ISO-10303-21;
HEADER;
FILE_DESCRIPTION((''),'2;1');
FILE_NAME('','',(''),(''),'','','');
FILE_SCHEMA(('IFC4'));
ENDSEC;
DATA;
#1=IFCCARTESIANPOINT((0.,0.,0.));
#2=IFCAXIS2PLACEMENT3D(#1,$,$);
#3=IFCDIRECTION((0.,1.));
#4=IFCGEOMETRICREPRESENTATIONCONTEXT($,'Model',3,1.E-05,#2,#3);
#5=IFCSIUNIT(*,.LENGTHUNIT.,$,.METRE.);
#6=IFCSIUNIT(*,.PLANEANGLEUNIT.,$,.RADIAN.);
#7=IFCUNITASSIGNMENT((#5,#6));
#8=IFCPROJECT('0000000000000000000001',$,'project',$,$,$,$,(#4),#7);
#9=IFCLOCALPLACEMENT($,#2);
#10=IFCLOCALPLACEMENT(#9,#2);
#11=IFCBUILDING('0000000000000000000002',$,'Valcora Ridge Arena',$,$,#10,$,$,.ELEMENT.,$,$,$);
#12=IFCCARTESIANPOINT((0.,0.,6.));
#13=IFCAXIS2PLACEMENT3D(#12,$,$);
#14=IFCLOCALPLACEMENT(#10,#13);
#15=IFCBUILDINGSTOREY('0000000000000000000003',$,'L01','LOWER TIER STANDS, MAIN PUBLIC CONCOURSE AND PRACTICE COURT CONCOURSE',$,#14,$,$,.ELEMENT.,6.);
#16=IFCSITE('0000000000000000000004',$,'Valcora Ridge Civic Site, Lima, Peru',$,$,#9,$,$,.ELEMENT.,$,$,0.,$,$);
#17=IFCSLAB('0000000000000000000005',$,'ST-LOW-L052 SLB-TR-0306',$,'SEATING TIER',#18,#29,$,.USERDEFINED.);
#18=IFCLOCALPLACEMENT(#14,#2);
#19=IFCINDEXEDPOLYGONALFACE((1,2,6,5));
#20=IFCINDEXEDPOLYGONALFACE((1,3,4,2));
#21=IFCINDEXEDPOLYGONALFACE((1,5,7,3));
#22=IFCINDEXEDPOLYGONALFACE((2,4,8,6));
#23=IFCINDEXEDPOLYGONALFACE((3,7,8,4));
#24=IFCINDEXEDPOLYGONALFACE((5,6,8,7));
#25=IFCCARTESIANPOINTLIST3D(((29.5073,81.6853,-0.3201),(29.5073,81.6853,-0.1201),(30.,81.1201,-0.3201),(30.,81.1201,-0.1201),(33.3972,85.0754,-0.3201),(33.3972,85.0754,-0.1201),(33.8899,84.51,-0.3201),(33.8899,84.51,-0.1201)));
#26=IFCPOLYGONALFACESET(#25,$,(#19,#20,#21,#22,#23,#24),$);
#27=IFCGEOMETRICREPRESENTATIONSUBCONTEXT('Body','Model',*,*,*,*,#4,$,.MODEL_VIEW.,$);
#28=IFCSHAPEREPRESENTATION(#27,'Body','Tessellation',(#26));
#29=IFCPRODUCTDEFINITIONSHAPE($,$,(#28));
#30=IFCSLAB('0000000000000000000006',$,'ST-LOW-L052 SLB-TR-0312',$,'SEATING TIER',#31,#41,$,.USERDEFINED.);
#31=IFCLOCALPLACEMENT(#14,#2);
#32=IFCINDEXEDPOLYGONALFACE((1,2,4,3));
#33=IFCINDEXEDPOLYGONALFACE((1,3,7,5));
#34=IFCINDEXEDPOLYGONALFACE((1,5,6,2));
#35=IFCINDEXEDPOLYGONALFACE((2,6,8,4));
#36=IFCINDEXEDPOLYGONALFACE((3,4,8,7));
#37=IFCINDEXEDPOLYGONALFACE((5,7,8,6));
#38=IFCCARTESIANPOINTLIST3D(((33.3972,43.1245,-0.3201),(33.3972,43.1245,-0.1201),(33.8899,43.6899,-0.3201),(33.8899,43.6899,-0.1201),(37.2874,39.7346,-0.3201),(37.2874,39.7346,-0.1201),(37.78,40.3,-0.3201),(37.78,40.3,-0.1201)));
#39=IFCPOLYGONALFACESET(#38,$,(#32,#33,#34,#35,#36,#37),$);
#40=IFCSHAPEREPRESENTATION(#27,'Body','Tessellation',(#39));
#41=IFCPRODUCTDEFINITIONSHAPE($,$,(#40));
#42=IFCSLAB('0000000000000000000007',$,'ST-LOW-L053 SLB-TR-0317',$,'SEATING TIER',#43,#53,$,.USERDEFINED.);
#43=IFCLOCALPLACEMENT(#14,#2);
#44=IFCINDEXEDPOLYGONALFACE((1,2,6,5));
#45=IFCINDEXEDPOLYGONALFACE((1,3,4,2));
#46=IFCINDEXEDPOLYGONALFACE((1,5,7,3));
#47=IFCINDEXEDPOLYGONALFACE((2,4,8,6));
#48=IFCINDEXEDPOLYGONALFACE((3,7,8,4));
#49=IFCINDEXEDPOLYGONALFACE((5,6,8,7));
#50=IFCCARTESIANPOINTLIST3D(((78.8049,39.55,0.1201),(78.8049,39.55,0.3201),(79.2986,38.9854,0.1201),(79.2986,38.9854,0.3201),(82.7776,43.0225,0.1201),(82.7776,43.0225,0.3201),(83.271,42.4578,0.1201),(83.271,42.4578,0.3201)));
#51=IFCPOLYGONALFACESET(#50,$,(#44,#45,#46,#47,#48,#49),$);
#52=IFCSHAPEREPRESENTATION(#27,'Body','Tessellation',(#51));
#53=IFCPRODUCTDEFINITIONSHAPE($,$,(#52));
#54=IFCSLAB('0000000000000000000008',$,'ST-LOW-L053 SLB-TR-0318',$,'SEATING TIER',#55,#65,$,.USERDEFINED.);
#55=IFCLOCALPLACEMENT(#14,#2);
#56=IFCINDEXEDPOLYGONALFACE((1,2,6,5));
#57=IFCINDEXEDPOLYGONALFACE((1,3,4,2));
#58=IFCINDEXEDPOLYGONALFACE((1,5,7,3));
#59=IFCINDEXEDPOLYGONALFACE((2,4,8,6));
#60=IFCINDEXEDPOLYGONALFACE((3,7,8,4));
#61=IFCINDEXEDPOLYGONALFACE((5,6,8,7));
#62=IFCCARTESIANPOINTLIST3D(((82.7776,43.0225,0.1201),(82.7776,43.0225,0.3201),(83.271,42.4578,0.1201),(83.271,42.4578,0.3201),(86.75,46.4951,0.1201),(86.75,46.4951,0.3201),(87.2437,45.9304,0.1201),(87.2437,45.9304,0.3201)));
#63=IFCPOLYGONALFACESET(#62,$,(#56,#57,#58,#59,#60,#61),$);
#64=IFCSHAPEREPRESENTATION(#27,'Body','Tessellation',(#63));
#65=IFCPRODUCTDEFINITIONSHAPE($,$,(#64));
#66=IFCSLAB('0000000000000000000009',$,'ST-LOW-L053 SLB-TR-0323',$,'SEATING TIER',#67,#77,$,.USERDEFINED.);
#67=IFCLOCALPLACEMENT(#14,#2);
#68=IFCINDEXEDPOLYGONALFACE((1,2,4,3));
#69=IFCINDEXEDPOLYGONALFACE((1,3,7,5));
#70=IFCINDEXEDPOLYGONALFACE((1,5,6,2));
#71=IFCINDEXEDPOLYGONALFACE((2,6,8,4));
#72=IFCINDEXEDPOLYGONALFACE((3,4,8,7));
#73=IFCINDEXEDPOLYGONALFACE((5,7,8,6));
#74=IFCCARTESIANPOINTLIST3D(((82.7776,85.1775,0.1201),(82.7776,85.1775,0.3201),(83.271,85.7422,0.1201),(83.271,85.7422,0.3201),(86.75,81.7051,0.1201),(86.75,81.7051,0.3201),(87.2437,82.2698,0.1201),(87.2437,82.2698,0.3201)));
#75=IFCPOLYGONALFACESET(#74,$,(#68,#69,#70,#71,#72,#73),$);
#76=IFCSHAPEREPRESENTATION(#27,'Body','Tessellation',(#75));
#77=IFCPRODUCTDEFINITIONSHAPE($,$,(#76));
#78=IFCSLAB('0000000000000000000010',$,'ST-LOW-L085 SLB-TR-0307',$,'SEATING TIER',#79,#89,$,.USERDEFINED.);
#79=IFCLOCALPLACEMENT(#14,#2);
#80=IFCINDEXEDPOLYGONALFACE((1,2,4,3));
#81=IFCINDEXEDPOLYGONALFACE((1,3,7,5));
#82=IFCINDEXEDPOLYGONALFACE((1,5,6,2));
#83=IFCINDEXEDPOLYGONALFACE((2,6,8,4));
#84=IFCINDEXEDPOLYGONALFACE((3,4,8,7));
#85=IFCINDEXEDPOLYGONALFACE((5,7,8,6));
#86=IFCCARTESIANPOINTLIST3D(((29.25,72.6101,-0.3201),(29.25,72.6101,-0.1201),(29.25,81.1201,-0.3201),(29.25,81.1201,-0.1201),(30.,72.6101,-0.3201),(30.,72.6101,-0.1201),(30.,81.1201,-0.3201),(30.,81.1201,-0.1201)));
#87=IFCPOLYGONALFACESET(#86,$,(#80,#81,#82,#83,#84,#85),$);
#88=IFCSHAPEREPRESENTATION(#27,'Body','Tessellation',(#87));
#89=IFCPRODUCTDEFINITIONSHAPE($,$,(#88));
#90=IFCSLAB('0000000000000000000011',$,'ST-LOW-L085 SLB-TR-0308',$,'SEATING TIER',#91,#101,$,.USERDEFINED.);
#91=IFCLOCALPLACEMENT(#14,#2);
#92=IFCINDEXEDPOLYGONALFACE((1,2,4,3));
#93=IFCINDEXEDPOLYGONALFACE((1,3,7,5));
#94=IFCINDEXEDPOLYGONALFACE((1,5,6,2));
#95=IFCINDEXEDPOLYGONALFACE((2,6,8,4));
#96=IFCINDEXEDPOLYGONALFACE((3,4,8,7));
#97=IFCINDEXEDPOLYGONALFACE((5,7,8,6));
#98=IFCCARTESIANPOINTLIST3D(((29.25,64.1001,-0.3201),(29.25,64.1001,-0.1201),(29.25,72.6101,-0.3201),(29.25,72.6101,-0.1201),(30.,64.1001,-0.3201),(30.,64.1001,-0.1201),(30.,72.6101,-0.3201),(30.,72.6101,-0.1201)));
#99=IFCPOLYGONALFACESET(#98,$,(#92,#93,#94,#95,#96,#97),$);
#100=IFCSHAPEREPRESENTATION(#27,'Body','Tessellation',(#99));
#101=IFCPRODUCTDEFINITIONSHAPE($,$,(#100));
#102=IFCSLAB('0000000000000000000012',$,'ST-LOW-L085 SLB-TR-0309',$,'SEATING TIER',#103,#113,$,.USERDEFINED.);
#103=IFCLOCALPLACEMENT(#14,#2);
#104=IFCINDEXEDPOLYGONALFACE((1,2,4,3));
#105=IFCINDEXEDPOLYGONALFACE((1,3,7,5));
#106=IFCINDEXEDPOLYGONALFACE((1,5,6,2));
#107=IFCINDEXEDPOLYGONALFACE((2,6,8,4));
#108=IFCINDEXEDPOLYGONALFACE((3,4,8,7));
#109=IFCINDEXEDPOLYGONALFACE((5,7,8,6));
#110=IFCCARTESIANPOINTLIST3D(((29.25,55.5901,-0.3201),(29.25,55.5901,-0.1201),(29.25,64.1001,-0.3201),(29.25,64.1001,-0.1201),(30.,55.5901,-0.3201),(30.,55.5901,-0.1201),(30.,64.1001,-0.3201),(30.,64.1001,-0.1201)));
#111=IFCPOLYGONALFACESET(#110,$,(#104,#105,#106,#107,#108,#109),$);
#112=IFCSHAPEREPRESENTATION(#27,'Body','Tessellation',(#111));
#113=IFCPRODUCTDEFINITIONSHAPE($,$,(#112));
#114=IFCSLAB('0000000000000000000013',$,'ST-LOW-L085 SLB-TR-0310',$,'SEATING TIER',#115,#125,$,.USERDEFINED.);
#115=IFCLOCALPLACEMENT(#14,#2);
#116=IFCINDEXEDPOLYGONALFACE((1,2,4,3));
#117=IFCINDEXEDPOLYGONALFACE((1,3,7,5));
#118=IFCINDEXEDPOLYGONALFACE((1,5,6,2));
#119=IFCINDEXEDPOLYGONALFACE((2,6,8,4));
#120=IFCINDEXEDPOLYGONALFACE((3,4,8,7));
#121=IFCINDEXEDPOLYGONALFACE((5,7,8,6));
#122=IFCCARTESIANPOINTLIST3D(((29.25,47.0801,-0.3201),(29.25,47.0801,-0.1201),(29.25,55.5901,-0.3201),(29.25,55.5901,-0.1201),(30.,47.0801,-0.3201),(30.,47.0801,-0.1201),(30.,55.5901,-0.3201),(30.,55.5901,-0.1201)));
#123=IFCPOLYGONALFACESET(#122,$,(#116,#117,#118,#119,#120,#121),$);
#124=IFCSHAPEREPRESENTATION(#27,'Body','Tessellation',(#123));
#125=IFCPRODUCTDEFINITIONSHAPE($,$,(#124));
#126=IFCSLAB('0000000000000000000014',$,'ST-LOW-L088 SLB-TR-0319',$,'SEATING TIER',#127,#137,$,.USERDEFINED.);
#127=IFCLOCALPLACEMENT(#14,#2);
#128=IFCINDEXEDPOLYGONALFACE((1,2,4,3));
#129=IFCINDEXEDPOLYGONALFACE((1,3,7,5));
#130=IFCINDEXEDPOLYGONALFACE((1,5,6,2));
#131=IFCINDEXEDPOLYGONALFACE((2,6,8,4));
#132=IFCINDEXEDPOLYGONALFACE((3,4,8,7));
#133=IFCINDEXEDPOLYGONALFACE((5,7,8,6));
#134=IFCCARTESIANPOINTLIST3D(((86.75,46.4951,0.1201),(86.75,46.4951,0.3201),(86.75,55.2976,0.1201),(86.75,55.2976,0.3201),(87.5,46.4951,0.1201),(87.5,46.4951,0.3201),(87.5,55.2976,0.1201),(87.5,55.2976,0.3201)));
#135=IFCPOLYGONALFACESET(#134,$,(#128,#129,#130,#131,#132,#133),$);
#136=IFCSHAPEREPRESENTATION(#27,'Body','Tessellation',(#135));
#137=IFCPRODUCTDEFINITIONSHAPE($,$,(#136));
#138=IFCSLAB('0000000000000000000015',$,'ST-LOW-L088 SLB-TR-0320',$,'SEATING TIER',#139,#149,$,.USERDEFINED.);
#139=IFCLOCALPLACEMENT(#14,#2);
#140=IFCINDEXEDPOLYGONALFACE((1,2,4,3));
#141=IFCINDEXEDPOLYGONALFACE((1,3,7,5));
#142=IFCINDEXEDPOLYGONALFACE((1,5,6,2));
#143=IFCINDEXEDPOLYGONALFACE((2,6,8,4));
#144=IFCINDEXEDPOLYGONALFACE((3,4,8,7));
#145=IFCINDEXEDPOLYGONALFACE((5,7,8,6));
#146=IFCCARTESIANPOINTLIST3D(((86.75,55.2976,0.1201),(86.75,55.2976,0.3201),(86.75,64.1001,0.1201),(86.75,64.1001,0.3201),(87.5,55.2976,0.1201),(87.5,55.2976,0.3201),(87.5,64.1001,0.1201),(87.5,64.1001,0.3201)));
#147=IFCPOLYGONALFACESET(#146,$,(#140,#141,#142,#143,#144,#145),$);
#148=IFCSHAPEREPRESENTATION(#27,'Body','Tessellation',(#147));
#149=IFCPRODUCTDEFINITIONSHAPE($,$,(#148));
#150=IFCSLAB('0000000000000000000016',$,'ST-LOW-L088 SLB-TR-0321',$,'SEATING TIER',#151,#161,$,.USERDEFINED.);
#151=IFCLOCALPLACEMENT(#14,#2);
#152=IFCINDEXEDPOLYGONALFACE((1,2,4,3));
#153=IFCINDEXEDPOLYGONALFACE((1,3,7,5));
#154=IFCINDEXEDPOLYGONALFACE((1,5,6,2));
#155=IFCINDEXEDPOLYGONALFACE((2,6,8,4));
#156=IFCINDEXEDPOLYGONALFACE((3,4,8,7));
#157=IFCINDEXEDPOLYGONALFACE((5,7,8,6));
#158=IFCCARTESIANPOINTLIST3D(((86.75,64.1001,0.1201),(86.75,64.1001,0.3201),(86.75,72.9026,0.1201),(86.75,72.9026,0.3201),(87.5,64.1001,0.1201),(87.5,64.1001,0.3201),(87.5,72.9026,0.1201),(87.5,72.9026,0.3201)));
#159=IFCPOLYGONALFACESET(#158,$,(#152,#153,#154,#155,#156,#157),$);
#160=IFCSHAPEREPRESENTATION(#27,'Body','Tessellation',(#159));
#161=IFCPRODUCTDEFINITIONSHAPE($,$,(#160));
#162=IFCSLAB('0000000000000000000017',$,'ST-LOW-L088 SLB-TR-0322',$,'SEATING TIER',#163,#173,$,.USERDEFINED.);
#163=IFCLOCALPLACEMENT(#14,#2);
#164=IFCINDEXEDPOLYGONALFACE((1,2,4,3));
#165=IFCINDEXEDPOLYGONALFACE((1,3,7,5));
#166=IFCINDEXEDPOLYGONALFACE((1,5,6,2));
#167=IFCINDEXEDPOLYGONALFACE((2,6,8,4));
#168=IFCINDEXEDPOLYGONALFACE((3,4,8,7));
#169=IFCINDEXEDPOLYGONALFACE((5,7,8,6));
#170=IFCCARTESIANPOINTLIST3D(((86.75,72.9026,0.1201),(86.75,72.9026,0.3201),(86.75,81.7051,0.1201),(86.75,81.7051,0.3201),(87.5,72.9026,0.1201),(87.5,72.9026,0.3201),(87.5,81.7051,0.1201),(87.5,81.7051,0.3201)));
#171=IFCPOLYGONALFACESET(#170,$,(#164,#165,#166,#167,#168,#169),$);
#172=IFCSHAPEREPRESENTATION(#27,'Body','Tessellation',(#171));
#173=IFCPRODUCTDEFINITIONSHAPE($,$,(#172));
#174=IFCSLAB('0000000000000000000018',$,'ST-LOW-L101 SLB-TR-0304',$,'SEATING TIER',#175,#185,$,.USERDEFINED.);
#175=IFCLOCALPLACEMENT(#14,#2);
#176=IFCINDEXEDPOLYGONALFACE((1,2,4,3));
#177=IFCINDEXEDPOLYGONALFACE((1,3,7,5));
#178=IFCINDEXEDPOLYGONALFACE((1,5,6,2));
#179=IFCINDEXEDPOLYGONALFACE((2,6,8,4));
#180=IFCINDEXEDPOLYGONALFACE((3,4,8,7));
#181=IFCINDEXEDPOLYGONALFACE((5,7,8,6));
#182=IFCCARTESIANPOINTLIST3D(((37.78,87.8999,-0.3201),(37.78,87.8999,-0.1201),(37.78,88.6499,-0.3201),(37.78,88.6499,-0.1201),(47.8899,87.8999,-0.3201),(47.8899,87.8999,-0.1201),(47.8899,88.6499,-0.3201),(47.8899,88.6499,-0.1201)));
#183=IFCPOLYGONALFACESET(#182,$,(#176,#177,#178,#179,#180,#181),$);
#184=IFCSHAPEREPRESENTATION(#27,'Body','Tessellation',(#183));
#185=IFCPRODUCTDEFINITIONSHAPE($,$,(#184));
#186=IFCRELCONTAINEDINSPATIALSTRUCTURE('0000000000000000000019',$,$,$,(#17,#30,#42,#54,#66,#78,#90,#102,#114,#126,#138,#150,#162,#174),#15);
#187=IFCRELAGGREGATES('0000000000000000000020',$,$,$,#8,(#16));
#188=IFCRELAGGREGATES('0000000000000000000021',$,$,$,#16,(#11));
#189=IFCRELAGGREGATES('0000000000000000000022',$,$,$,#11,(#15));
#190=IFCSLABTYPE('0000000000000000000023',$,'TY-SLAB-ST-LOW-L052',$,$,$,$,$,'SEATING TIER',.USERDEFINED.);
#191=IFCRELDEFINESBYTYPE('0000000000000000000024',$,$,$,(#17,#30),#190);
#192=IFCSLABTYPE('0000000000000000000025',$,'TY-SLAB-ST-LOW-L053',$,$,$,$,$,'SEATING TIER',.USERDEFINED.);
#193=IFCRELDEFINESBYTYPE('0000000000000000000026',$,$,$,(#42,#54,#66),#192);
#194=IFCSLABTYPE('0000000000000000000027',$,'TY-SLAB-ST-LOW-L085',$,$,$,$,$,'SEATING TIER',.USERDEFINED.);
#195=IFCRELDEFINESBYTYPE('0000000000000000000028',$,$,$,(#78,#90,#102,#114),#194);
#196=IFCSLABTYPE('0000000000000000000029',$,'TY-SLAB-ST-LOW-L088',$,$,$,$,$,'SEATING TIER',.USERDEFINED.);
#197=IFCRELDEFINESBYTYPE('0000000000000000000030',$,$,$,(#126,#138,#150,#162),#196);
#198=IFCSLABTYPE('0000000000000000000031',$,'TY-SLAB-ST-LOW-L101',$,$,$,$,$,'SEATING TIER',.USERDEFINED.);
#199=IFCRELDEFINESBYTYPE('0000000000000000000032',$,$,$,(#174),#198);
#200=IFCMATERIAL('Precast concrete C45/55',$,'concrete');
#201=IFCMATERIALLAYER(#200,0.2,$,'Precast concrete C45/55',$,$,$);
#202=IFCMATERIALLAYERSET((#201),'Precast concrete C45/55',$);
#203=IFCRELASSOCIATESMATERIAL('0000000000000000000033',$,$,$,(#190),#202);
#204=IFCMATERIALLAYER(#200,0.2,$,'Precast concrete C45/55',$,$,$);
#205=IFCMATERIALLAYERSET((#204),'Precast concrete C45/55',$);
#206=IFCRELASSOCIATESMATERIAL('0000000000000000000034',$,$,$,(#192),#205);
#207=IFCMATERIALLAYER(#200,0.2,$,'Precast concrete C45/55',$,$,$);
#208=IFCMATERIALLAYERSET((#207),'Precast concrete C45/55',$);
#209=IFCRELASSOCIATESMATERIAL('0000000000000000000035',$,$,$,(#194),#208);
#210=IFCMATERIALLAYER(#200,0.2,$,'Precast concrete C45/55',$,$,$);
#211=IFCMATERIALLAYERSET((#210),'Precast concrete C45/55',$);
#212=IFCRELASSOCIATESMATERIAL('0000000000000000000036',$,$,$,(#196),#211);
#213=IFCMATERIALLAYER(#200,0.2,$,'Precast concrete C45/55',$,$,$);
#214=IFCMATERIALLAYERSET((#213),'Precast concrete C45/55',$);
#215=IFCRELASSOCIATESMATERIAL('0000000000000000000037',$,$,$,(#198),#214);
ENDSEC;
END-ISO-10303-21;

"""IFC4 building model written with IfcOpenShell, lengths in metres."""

from ifc_helpers import new_model, si_unit, direction, frame, origin, place, context, subcontext, project, spatial, polyline, outline, extrude, material, layer, layer_set, type_object, element, save


model = new_model("IFC4")

# Units and contexts
model_context = context("Model", 3, precision=1e-05, world=origin(), true_north=direction((0.0, 1.0)))
body_context = subcontext(model_context, "Body", "Model", "MODEL_VIEW")
ifc_project = project(units=[si_unit("LENGTHUNIT", "METRE"), si_unit("PLANEANGLEUNIT", "RADIAN")], contexts=[model_context])

# Site, building, storey
site_placement = place(None, origin())
site = spatial("IfcSite", under=ifc_project, at=site_placement, Name="Valcora Ridge Civic Site, Lima, Peru", CompositionType="ELEMENT", RefElevation=0.0)
building_placement = place(site_placement, origin())
building = spatial("IfcBuilding", under=site, at=building_placement, Name="Valcora Ridge Arena", CompositionType="ELEMENT")
storey_placement = place(building_placement, frame((0.0, 0.0, 6.0)))
storey = spatial("IfcBuildingStorey", under=building, at=storey_placement, Name="L01", Description="LOWER TIER STANDS, MAIN PUBLIC CONCOURSE AND PRACTICE COURT CONCOURSE", CompositionType="ELEMENT", Elevation=6.0)

# Slabs
ifc_material = material(Name="Precast concrete C45/55", Category="concrete")
ifc_layer_1 = layer(ifc_material, 0.2, Name="Precast concrete C45/55")
ifc_layer_set_1 = layer_set([ifc_layer_1], Name="Precast concrete C45/55")
slab_type_1 = type_object("IfcSlabType", Name="TY-SLAB-ST-LOW-L052", ElementType="SEATING TIER", PredefinedType="USERDEFINED", material=ifc_layer_set_1)
slab_1_placement = place(storey_placement, frame((0.0, 0.0, -0.3201)))
element("IfcSlab", 1, at=slab_1_placement, inside=storey, type_object=slab_type_1, Name="ST-LOW-L052 SLB-TR-0306", ObjectType="SEATING TIER", PredefinedType="USERDEFINED", context=body_context, shape_type="SweptSolid", body=[
    extrude(outline(polyline([(33.8899, 84.51), (30.0, 81.1201), (29.5073, 81.6853), (33.3972, 85.0754), (33.8899, 84.51)])), origin(), (0.0, 0.0, 1.0), 0.2),
])
slab_2_placement = place(storey_placement, frame((0.0, 0.0, -0.3201)))
element("IfcSlab", 2, at=slab_2_placement, inside=storey, type_object=slab_type_1, Name="ST-LOW-L052 SLB-TR-0312", ObjectType="SEATING TIER", PredefinedType="USERDEFINED", context=body_context, shape_type="SweptSolid", body=[
    extrude(outline(polyline([(33.8899, 43.6899), (37.78, 40.3), (37.2874, 39.7346), (33.3972, 43.1245), (33.8899, 43.6899)])), origin(), (0.0, 0.0, 1.0), 0.2),
])
ifc_layer_2 = layer(ifc_material, 0.2, Name="Precast concrete C45/55")
ifc_layer_set_2 = layer_set([ifc_layer_2], Name="Precast concrete C45/55")
slab_type_2 = type_object("IfcSlabType", Name="TY-SLAB-ST-LOW-L053", ElementType="SEATING TIER", PredefinedType="USERDEFINED", material=ifc_layer_set_2)
slab_3_placement = place(storey_placement, frame((0.0, 0.0, 0.1201)))
element("IfcSlab", 3, at=slab_3_placement, inside=storey, type_object=slab_type_2, Name="ST-LOW-L053 SLB-TR-0317", ObjectType="SEATING TIER", PredefinedType="USERDEFINED", context=body_context, shape_type="SweptSolid", body=[
    extrude(outline(polyline([(78.8049, 39.55), (82.7776, 43.0225), (83.271, 42.4578), (79.2986, 38.9854), (78.8049, 39.55)])), origin(), (0.0, 0.0, 1.0), 0.2),
])
slab_4_placement = place(storey_placement, frame((0.0, 0.0, 0.1201)))
element("IfcSlab", 4, at=slab_4_placement, inside=storey, type_object=slab_type_2, Name="ST-LOW-L053 SLB-TR-0318", ObjectType="SEATING TIER", PredefinedType="USERDEFINED", context=body_context, shape_type="SweptSolid", body=[
    extrude(outline(polyline([(82.7776, 43.0225), (86.75, 46.4951), (87.2437, 45.9304), (83.271, 42.4578), (82.7776, 43.0225)])), origin(), (0.0, 0.0, 1.0), 0.2),
])
slab_5_placement = place(storey_placement, frame((0.0, 0.0, 0.1201)))
element("IfcSlab", 5, at=slab_5_placement, inside=storey, type_object=slab_type_2, Name="ST-LOW-L053 SLB-TR-0323", ObjectType="SEATING TIER", PredefinedType="USERDEFINED", context=body_context, shape_type="SweptSolid", body=[
    extrude(outline(polyline([(86.75, 81.7051), (82.7776, 85.1775), (83.271, 85.7422), (87.2437, 82.2698), (86.75, 81.7051)])), origin(), (0.0, 0.0, 1.0), 0.2),
])
ifc_layer_3 = layer(ifc_material, 0.2, Name="Precast concrete C45/55")
ifc_layer_set_3 = layer_set([ifc_layer_3], Name="Precast concrete C45/55")
slab_type_3 = type_object("IfcSlabType", Name="TY-SLAB-ST-LOW-L085", ElementType="SEATING TIER", PredefinedType="USERDEFINED", material=ifc_layer_set_3)
slab_6_placement = place(storey_placement, frame((0.0, 0.0, -0.3201)))
element("IfcSlab", 6, at=slab_6_placement, inside=storey, type_object=slab_type_3, Name="ST-LOW-L085 SLB-TR-0307", ObjectType="SEATING TIER", PredefinedType="USERDEFINED", context=body_context, shape_type="SweptSolid", body=[
    extrude(outline(polyline([(30.0, 81.1201), (30.0, 72.6101), (29.25, 72.6101), (29.25, 81.1201), (30.0, 81.1201)])), origin(), (0.0, 0.0, 1.0), 0.2),
])
slab_7_placement = place(storey_placement, frame((0.0, 0.0, -0.3201)))
element("IfcSlab", 7, at=slab_7_placement, inside=storey, type_object=slab_type_3, Name="ST-LOW-L085 SLB-TR-0308", ObjectType="SEATING TIER", PredefinedType="USERDEFINED", context=body_context, shape_type="SweptSolid", body=[
    extrude(outline(polyline([(30.0, 72.6101), (30.0, 64.1001), (29.25, 64.1001), (29.25, 72.6101), (30.0, 72.6101)])), origin(), (0.0, 0.0, 1.0), 0.2),
])
slab_8_placement = place(storey_placement, frame((0.0, 0.0, -0.3201)))
element("IfcSlab", 8, at=slab_8_placement, inside=storey, type_object=slab_type_3, Name="ST-LOW-L085 SLB-TR-0309", ObjectType="SEATING TIER", PredefinedType="USERDEFINED", context=body_context, shape_type="SweptSolid", body=[
    extrude(outline(polyline([(30.0, 64.1001), (30.0, 55.5901), (29.25, 55.5901), (29.25, 64.1001), (30.0, 64.1001)])), origin(), (0.0, 0.0, 1.0), 0.2),
])
slab_9_placement = place(storey_placement, frame((0.0, 0.0, -0.3201)))
element("IfcSlab", 9, at=slab_9_placement, inside=storey, type_object=slab_type_3, Name="ST-LOW-L085 SLB-TR-0310", ObjectType="SEATING TIER", PredefinedType="USERDEFINED", context=body_context, shape_type="SweptSolid", body=[
    extrude(outline(polyline([(30.0, 55.5901), (30.0, 47.0801), (29.25, 47.0801), (29.25, 55.5901), (30.0, 55.5901)])), origin(), (0.0, 0.0, 1.0), 0.2),
])
ifc_layer_4 = layer(ifc_material, 0.2, Name="Precast concrete C45/55")
ifc_layer_set_4 = layer_set([ifc_layer_4], Name="Precast concrete C45/55")
slab_type_4 = type_object("IfcSlabType", Name="TY-SLAB-ST-LOW-L088", ElementType="SEATING TIER", PredefinedType="USERDEFINED", material=ifc_layer_set_4)
slab_10_placement = place(storey_placement, frame((0.0, 0.0, 0.1201)))
element("IfcSlab", 10, at=slab_10_placement, inside=storey, type_object=slab_type_4, Name="ST-LOW-L088 SLB-TR-0319", ObjectType="SEATING TIER", PredefinedType="USERDEFINED", context=body_context, shape_type="SweptSolid", body=[
    extrude(outline(polyline([(86.75, 46.4951), (86.75, 55.2976), (87.5, 55.2976), (87.5, 46.4951), (86.75, 46.4951)])), origin(), (0.0, 0.0, 1.0), 0.2),
])
slab_11_placement = place(storey_placement, frame((0.0, 0.0, 0.1201)))
element("IfcSlab", 11, at=slab_11_placement, inside=storey, type_object=slab_type_4, Name="ST-LOW-L088 SLB-TR-0320", ObjectType="SEATING TIER", PredefinedType="USERDEFINED", context=body_context, shape_type="SweptSolid", body=[
    extrude(outline(polyline([(86.75, 55.2976), (86.75, 64.1001), (87.5, 64.1001), (87.5, 55.2976), (86.75, 55.2976)])), origin(), (0.0, 0.0, 1.0), 0.2),
])
slab_12_placement = place(storey_placement, frame((0.0, 0.0, 0.1201)))
element("IfcSlab", 12, at=slab_12_placement, inside=storey, type_object=slab_type_4, Name="ST-LOW-L088 SLB-TR-0321", ObjectType="SEATING TIER", PredefinedType="USERDEFINED", context=body_context, shape_type="SweptSolid", body=[
    extrude(outline(polyline([(86.75, 64.1001), (86.75, 72.9026), (87.5, 72.9026), (87.5, 64.1001), (86.75, 64.1001)])), origin(), (0.0, 0.0, 1.0), 0.2),
])
slab_13_placement = place(storey_placement, frame((0.0, 0.0, 0.1201)))
element("IfcSlab", 13, at=slab_13_placement, inside=storey, type_object=slab_type_4, Name="ST-LOW-L088 SLB-TR-0322", ObjectType="SEATING TIER", PredefinedType="USERDEFINED", context=body_context, shape_type="SweptSolid", body=[
    extrude(outline(polyline([(86.75, 72.9026), (86.75, 81.7051), (87.5, 81.7051), (87.5, 72.9026), (86.75, 72.9026)])), origin(), (0.0, 0.0, 1.0), 0.2),
])
ifc_layer_5 = layer(ifc_material, 0.2, Name="Precast concrete C45/55")
ifc_layer_set_5 = layer_set([ifc_layer_5], Name="Precast concrete C45/55")
slab_type_5 = type_object("IfcSlabType", Name="TY-SLAB-ST-LOW-L101", ElementType="SEATING TIER", PredefinedType="USERDEFINED", material=ifc_layer_set_5)
slab_14_placement = place(storey_placement, frame((0.0, 0.0, -0.3201)))
element("IfcSlab", 14, at=slab_14_placement, inside=storey, type_object=slab_type_5, Name="ST-LOW-L101 SLB-TR-0304", ObjectType="SEATING TIER", PredefinedType="USERDEFINED", context=body_context, shape_type="SweptSolid", body=[
    extrude(outline(polyline([(47.8899, 87.8999), (37.78, 87.8999), (37.78, 88.6499), (47.8899, 88.6499), (47.8899, 87.8999)])), origin(), (0.0, 0.0, 1.0), 0.2),
])

save(model, "model.ifc")
